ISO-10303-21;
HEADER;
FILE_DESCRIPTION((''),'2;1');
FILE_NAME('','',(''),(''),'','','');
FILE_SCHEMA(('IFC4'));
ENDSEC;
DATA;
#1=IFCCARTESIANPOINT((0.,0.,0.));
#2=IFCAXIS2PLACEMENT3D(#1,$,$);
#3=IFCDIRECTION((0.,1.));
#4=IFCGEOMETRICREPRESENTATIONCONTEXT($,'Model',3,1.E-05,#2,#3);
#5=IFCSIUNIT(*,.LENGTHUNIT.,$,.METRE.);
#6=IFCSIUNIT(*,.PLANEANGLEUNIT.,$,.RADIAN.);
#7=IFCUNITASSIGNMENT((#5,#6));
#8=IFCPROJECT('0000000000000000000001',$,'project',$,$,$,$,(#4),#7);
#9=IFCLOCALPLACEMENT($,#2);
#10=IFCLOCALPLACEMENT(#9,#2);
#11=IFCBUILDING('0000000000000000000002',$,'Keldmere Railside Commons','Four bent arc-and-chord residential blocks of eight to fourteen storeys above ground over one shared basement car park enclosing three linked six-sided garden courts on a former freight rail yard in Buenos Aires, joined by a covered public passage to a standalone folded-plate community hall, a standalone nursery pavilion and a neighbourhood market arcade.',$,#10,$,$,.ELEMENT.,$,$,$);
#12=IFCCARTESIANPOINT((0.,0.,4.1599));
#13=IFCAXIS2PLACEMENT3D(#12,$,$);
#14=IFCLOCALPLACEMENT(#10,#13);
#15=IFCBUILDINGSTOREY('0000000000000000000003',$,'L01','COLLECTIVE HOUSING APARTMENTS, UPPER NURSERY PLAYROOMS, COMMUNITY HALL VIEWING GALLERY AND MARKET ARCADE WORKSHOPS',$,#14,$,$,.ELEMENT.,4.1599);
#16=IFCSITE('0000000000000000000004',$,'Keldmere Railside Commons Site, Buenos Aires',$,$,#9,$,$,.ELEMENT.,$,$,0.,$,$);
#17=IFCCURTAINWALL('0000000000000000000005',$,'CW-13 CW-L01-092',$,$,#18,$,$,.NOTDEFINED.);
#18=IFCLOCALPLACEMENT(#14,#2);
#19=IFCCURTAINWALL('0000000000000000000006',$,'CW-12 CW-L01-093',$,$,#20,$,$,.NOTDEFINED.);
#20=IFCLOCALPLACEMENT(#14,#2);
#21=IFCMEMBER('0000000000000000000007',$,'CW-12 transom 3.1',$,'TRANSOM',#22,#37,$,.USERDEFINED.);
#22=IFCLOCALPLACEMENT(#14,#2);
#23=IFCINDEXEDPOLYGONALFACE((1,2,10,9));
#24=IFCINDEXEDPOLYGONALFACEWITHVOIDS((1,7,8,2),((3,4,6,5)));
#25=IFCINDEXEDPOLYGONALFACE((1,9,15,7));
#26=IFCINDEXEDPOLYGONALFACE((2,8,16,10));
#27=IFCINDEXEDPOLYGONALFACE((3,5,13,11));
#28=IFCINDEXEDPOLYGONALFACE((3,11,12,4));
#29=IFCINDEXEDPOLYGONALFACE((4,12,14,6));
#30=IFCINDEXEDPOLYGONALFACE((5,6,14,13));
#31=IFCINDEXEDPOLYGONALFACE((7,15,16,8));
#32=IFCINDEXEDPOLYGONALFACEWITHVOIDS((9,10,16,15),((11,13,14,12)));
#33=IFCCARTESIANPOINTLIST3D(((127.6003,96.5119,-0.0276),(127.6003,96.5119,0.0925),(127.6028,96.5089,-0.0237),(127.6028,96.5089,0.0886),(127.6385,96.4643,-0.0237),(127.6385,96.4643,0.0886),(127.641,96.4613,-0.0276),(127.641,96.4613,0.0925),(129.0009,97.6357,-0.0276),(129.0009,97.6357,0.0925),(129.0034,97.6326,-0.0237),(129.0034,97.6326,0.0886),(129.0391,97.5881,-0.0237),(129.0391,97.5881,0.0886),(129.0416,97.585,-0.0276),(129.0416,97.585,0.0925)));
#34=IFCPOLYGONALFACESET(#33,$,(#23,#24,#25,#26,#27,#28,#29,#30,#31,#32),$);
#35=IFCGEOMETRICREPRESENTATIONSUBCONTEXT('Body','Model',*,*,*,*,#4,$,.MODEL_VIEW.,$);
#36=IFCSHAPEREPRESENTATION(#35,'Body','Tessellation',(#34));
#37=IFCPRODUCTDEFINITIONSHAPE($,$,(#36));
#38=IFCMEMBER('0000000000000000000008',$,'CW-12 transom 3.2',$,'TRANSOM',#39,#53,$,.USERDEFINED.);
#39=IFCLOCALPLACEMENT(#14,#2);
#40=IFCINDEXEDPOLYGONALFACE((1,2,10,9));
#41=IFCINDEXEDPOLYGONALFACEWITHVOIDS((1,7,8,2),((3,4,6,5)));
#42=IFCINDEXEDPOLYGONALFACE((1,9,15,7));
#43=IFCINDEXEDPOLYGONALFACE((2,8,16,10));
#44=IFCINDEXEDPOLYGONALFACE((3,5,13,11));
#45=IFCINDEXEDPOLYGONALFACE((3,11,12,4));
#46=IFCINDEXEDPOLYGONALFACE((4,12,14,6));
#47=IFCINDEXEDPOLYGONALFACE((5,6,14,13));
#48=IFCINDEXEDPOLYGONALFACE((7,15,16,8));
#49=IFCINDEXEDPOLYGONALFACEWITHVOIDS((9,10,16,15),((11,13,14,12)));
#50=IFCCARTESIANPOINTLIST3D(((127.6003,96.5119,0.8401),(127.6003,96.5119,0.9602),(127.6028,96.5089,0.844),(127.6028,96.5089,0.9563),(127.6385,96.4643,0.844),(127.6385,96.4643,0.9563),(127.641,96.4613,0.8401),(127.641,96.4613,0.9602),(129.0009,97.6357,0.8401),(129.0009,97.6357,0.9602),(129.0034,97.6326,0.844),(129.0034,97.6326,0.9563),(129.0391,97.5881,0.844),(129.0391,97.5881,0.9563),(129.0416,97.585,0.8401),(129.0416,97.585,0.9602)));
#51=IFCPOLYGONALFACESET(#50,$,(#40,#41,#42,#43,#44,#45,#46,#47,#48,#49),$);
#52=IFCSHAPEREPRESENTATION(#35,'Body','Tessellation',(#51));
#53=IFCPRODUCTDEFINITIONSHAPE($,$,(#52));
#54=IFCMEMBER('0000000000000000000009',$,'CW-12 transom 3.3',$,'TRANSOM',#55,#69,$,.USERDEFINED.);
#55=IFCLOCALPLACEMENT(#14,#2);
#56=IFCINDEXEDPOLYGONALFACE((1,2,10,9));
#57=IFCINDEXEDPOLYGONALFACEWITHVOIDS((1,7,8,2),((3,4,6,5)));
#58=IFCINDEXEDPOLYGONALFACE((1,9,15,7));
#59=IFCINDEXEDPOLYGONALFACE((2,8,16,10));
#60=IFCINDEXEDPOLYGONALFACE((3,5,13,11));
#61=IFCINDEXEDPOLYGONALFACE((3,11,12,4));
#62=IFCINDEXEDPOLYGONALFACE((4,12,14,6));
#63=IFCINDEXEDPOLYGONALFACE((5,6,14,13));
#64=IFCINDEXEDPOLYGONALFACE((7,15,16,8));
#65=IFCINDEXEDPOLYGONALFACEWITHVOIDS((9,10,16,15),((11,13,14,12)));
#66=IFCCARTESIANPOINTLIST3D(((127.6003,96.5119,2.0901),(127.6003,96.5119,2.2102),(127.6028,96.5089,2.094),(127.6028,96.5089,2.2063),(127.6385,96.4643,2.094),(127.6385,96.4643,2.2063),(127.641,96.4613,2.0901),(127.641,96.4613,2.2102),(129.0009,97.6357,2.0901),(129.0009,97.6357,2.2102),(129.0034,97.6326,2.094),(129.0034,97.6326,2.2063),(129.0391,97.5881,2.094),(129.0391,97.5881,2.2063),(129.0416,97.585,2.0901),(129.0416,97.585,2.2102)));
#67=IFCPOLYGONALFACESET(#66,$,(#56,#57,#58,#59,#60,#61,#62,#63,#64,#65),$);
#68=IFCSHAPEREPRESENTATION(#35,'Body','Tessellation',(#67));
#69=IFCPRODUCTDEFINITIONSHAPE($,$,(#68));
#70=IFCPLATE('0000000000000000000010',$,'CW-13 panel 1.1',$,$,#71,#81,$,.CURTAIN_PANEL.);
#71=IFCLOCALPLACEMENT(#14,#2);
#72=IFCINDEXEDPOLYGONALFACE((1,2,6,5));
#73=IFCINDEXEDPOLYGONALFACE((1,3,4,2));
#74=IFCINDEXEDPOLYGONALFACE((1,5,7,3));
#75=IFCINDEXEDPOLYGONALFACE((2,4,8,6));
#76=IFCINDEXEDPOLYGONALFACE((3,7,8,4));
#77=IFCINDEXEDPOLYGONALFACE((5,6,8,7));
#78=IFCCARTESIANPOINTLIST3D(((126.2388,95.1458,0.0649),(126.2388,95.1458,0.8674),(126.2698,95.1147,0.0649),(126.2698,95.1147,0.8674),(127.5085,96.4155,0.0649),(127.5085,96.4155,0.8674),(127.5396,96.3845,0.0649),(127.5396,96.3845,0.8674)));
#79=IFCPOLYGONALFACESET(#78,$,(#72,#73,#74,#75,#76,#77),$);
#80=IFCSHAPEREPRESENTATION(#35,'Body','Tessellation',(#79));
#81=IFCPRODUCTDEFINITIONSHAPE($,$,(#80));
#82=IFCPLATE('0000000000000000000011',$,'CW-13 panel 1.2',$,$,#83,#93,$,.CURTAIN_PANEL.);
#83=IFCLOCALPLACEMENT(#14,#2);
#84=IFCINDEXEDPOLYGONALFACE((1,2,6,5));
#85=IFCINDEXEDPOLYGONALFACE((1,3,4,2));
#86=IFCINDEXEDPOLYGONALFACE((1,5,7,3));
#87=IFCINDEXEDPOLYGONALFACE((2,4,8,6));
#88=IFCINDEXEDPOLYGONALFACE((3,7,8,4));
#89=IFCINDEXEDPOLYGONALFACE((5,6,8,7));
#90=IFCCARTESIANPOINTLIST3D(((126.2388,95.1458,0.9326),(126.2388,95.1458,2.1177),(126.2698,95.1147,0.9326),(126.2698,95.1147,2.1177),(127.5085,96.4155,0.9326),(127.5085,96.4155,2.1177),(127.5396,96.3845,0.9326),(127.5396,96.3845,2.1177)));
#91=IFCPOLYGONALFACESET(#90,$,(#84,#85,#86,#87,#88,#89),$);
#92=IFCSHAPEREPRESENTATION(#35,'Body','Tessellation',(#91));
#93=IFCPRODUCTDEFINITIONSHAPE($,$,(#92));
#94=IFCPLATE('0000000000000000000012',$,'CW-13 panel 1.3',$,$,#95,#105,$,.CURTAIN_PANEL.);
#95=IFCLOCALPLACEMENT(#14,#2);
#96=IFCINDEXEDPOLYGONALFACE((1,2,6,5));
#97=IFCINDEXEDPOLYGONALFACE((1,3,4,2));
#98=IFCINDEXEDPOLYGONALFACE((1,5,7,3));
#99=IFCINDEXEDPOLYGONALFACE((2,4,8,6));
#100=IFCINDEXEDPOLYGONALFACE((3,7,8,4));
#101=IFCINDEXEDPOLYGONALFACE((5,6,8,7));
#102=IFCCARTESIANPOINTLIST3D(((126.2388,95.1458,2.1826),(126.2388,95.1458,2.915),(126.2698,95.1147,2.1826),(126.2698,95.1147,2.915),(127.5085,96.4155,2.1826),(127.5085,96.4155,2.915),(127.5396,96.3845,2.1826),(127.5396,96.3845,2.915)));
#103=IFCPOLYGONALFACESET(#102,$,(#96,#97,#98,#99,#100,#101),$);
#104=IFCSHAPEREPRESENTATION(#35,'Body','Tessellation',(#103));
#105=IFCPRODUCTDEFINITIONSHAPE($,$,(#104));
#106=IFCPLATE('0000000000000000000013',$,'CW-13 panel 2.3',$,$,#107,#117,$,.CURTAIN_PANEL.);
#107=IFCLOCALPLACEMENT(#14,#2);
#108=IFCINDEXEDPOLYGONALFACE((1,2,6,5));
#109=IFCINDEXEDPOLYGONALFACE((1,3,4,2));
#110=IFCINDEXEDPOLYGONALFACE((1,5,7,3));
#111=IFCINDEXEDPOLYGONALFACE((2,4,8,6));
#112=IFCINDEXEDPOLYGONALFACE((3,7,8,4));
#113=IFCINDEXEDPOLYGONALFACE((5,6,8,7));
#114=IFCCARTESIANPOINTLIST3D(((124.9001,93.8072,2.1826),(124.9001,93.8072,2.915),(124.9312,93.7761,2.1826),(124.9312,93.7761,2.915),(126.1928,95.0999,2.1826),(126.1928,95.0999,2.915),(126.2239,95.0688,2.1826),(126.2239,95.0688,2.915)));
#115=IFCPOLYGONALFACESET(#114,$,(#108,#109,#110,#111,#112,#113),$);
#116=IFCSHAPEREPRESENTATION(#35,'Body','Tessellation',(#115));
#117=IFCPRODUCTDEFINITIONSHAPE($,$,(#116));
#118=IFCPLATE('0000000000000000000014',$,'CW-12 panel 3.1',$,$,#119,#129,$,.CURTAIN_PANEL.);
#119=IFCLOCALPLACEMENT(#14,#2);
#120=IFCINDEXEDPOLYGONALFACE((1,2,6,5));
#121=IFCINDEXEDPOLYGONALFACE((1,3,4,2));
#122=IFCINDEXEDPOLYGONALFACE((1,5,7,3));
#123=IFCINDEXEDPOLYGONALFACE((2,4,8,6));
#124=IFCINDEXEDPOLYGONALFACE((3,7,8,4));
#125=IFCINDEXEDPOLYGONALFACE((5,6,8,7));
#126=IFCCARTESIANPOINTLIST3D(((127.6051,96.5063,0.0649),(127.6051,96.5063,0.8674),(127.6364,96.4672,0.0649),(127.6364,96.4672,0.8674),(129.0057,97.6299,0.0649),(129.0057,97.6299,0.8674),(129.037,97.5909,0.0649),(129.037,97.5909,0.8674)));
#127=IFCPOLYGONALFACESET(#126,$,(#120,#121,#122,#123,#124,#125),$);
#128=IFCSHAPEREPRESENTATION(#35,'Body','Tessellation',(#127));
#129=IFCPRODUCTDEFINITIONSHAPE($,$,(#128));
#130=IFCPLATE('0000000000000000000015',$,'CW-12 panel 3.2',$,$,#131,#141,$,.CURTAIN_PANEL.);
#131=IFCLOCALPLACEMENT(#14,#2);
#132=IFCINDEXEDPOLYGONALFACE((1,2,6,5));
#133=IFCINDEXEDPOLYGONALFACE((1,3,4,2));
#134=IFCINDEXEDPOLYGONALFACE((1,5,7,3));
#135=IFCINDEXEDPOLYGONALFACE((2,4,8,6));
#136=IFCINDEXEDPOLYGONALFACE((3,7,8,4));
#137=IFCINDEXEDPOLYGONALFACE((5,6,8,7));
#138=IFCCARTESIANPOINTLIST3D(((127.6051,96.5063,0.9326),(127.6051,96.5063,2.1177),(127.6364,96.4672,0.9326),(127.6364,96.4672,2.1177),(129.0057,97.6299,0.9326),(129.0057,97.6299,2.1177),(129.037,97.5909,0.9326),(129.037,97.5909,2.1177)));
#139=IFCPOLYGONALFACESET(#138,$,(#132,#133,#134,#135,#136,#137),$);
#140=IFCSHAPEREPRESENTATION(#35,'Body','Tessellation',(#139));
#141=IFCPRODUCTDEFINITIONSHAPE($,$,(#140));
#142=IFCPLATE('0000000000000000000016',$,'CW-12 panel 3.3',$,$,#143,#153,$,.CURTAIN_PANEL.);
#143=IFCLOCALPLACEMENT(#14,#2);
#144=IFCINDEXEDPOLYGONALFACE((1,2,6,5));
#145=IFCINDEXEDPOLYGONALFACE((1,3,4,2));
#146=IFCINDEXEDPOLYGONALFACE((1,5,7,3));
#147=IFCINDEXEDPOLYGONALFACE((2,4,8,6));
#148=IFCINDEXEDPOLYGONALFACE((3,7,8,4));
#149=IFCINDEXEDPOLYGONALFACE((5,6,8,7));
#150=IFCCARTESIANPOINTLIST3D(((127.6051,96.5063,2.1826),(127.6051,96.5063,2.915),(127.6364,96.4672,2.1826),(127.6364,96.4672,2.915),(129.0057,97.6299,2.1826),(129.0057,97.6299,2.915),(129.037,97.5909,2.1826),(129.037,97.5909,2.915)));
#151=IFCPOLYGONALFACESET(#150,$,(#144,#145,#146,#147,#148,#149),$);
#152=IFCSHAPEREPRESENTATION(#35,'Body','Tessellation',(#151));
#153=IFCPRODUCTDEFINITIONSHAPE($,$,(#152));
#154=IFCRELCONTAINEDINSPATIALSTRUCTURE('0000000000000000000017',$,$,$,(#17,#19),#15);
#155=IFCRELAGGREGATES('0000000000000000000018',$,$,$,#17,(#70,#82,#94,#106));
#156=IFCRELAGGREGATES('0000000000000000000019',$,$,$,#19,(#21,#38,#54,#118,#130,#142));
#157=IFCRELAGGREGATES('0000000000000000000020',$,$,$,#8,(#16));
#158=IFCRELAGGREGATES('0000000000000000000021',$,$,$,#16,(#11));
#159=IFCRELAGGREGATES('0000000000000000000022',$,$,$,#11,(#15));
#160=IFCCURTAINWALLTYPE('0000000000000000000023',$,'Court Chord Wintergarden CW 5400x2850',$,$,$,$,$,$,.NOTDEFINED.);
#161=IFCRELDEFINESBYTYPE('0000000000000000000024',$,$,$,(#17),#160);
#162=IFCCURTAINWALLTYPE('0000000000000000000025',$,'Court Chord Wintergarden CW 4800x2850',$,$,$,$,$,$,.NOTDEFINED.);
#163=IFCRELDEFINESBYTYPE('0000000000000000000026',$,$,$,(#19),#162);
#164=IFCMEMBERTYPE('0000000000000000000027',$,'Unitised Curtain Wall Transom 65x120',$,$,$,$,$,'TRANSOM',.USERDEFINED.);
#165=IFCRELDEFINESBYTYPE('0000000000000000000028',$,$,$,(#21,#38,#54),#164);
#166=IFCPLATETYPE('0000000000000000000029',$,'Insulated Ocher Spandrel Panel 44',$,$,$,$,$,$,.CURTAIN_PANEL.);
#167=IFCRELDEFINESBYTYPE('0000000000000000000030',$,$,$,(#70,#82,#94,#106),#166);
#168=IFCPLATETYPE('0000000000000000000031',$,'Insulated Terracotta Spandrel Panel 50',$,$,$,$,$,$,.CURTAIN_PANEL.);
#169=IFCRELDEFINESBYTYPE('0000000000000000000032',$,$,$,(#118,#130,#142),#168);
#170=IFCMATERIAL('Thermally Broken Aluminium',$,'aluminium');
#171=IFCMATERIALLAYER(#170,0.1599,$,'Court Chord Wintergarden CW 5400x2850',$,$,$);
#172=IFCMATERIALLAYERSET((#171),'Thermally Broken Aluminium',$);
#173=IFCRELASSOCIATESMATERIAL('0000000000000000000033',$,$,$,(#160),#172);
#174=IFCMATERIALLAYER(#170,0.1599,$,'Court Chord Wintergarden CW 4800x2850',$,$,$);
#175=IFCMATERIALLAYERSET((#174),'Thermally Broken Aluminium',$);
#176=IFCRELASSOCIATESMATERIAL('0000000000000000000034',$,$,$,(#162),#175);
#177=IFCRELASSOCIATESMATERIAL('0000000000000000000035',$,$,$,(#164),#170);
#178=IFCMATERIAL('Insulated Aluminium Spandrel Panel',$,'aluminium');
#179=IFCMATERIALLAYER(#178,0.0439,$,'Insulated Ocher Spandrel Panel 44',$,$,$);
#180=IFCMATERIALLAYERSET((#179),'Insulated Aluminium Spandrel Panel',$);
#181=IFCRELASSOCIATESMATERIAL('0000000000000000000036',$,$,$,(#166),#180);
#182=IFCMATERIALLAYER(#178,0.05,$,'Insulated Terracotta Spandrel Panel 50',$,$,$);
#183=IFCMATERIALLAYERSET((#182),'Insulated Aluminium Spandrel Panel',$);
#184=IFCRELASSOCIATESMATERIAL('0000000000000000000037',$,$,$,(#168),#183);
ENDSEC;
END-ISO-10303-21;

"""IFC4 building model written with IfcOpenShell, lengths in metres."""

from ifc_helpers import new_model, si_unit, direction, frame, origin, origin_2d, place, context, subcontext, project, spatial, rectangle, hollow_rectangle, extrude, material, layer, layer_set, material_profile, profile_set, type_object, element, aggregate, save


model = new_model("IFC4")

# Units and contexts
model_context = context("Model", 3, precision=1e-05, world=origin(), true_north=direction((0.0, 1.0)))
body_context = subcontext(model_context, "Body", "Model", "MODEL_VIEW")
ifc_project = project(units=[si_unit("LENGTHUNIT", "METRE"), si_unit("PLANEANGLEUNIT", "RADIAN")], contexts=[model_context])

# Site, building, storey
site_placement = place(None, origin())
site = spatial("IfcSite", under=ifc_project, at=site_placement, Name="Keldmere Railside Commons Site, Buenos Aires", CompositionType="ELEMENT", RefElevation=0.0)
building_placement = place(site_placement, origin())
building = spatial("IfcBuilding", under=site, at=building_placement, Name="Keldmere Railside Commons", Description="Four bent arc-and-chord residential blocks of eight to fourteen storeys above ground over one shared basement car park enclosing three linked six-sided garden courts on a former freight rail yard in Buenos Aires, joined by a covered public passage to a standalone folded-plate community hall, a standalone nursery pavilion and a neighbourhood market arcade.", CompositionType="ELEMENT")
storey_placement = place(building_placement, frame((0.0, 0.0, 4.1599)))
storey = spatial("IfcBuildingStorey", under=building, at=storey_placement, Name="L01", Description="COLLECTIVE HOUSING APARTMENTS, UPPER NURSERY PLAYROOMS, COMMUNITY HALL VIEWING GALLERY AND MARKET ARCADE WORKSHOPS", CompositionType="ELEMENT", Elevation=4.1599)

# Curtain wall
ifc_material_1 = material(Name="Thermally Broken Aluminium", Category="aluminium")
ifc_layer_1 = layer(ifc_material_1, 0.1599, Name="Court Chord Wintergarden CW 5400x2850")
ifc_layer_set_1 = layer_set([ifc_layer_1], Name="Thermally Broken Aluminium")
curtain_wall_type_1 = type_object("IfcCurtainWallType", Name="Court Chord Wintergarden CW 5400x2850", PredefinedType="NOTDEFINED", material=ifc_layer_set_1)
curtain_wall_1_placement = place(storey_placement, origin())
curtain_wall_1 = element("IfcCurtainWall", 1, at=curtain_wall_1_placement, inside=storey, type_object=curtain_wall_type_1, Name="CW-13 CW-L01-092", PredefinedType="NOTDEFINED")

# Curtain wall
ifc_layer_2 = layer(ifc_material_1, 0.1599, Name="Court Chord Wintergarden CW 4800x2850")
ifc_layer_set_2 = layer_set([ifc_layer_2], Name="Thermally Broken Aluminium")
curtain_wall_type_2 = type_object("IfcCurtainWallType", Name="Court Chord Wintergarden CW 4800x2850", PredefinedType="NOTDEFINED", material=ifc_layer_set_2)
curtain_wall_2_placement = place(storey_placement, origin())
curtain_wall_2 = element("IfcCurtainWall", 2, at=curtain_wall_2_placement, inside=storey, type_object=curtain_wall_type_2, Name="CW-12 CW-L01-093", PredefinedType="NOTDEFINED")

# Members
ifc_material_profile_1 = material_profile(ifc_material_1, hollow_rectangle(XDim=0.0649, YDim=0.1201, WallThickness=0.0039, at=origin_2d()), Name="ALU-TRAN-65x120")
ifc_profile_set_1 = profile_set([ifc_material_profile_1], Name="Thermally Broken Aluminium")
member_type_1 = type_object("IfcMemberType", Name="Unitised Curtain Wall Transom 65x120", ElementType="TRANSOM", PredefinedType="USERDEFINED", material=ifc_profile_set_1)
member_1_placement = place(storey_placement, frame((129.0212, 97.6104, 0.0325), z_axis=(-0.779979, -0.625805, 0.0), x_axis=(0.625805, -0.779979, 0.0)))
member_1 = element("IfcMember", 3, at=member_1_placement, type_object=member_type_1, Name="CW-12 transom 3.1", ObjectType="TRANSOM", PredefinedType="USERDEFINED", context=body_context, shape_type="SweptSolid", body=[
    extrude(hollow_rectangle(XDim=0.0649, YDim=0.1201, WallThickness=0.0039, at=origin_2d()), origin(), (0.0, 0.0, 1.0), 1.7957),
])
member_2_placement = place(storey_placement, frame((129.0212, 97.6104, 0.9001), z_axis=(-0.779979, -0.625805, 0.0), x_axis=(0.625805, -0.779979, 0.0)))
member_2 = element("IfcMember", 4, at=member_2_placement, type_object=member_type_1, Name="CW-12 transom 3.2", ObjectType="TRANSOM", PredefinedType="USERDEFINED", context=body_context, shape_type="SweptSolid", body=[
    extrude(hollow_rectangle(XDim=0.0649, YDim=0.1201, WallThickness=0.0039, at=origin_2d()), origin(), (0.0, 0.0, 1.0), 1.7957),
])
member_3_placement = place(storey_placement, frame((129.0212, 97.6104, 2.1501), z_axis=(-0.779979, -0.625805, 0.0), x_axis=(0.625805, -0.779979, 0.0)))
member_3 = element("IfcMember", 5, at=member_3_placement, type_object=member_type_1, Name="CW-12 transom 3.3", ObjectType="TRANSOM", PredefinedType="USERDEFINED", context=body_context, shape_type="SweptSolid", body=[
    extrude(hollow_rectangle(XDim=0.0649, YDim=0.1201, WallThickness=0.0039, at=origin_2d()), origin(), (0.0, 0.0, 1.0), 1.7957),
])

# Plates
ifc_material_2 = material(Name="Insulated Aluminium Spandrel Panel", Category="aluminium")
ifc_layer_3 = layer(ifc_material_2, 0.0439, Name="Insulated Ocher Spandrel Panel 44")
ifc_layer_set_3 = layer_set([ifc_layer_3], Name="Insulated Aluminium Spandrel Panel")
plate_type_1 = type_object("IfcPlateType", Name="Insulated Ocher Spandrel Panel 44", PredefinedType="CURTAIN_PANEL", material=ifc_layer_set_3)
plate_1_placement = place(storey_placement, frame((126.8892, 95.7651, 0.0649), z_axis=(0.0, 0.0, 1.0), x_axis=(-0.707107, -0.707107, 0.0)))
plate_1 = element("IfcPlate", 6, at=plate_1_placement, type_object=plate_type_1, Name="CW-13 panel 1.1", PredefinedType="CURTAIN_PANEL", context=body_context, shape_type="SweptSolid", body=[
    extrude(rectangle(XDim=1.7957, YDim=0.0439, at=origin_2d()), origin(), (0.0, 0.0, 1.0), 0.8025),
])
plate_2_placement = place(storey_placement, frame((126.8892, 95.7651, 0.9326), z_axis=(0.0, 0.0, 1.0), x_axis=(-0.707107, -0.707107, 0.0)))
plate_2 = element("IfcPlate", 7, at=plate_2_placement, type_object=plate_type_1, Name="CW-13 panel 1.2", PredefinedType="CURTAIN_PANEL", context=body_context, shape_type="SweptSolid", body=[
    extrude(rectangle(XDim=1.7957, YDim=0.0439, at=origin_2d()), origin(), (0.0, 0.0, 1.0), 1.1851),
])
plate_3_placement = place(storey_placement, frame((126.8892, 95.7651, 2.1826), z_axis=(0.0, 0.0, 1.0), x_axis=(-0.707107, -0.707107, 0.0)))
plate_3 = element("IfcPlate", 8, at=plate_3_placement, type_object=plate_type_1, Name="CW-13 panel 1.3", PredefinedType="CURTAIN_PANEL", context=body_context, shape_type="SweptSolid", body=[
    extrude(rectangle(XDim=1.7957, YDim=0.0439, at=origin_2d()), origin(), (0.0, 0.0, 1.0), 0.7324),
])
plate_4_placement = place(storey_placement, frame((125.562, 94.438, 2.1826), z_axis=(0.0, 0.0, 1.0), x_axis=(-0.707107, -0.707107, 0.0)))
plate_4 = element("IfcPlate", 9, at=plate_4_placement, type_object=plate_type_1, Name="CW-13 panel 2.3", PredefinedType="CURTAIN_PANEL", context=body_context, shape_type="SweptSolid", body=[
    extrude(rectangle(XDim=1.8281, YDim=0.0439, at=origin_2d()), origin(), (0.0, 0.0, 1.0), 0.7324),
])
aggregate(curtain_wall_1, [plate_1, plate_2, plate_3, plate_4])
ifc_layer_4 = layer(ifc_material_2, 0.05, Name="Insulated Terracotta Spandrel Panel 50")
ifc_layer_set_4 = layer_set([ifc_layer_4], Name="Insulated Aluminium Spandrel Panel")
plate_type_2 = type_object("IfcPlateType", Name="Insulated Terracotta Spandrel Panel 50", PredefinedType="CURTAIN_PANEL", material=ifc_layer_set_4)
plate_5_placement = place(storey_placement, frame((128.321, 97.0486, 0.0649), z_axis=(0.0, 0.0, 1.0), x_axis=(-0.780009, -0.625768, 0.0)))
plate_5 = element("IfcPlate", 10, at=plate_5_placement, type_object=plate_type_2, Name="CW-12 panel 3.1", PredefinedType="CURTAIN_PANEL", context=body_context, shape_type="SweptSolid", body=[
    extrude(rectangle(XDim=1.7957, YDim=0.05, at=origin_2d()), origin(), (0.0, 0.0, 1.0), 0.8025),
])
plate_6_placement = place(storey_placement, frame((128.321, 97.0486, 0.9326), z_axis=(0.0, 0.0, 1.0), x_axis=(-0.780009, -0.625768, 0.0)))
plate_6 = element("IfcPlate", 11, at=plate_6_placement, type_object=plate_type_2, Name="CW-12 panel 3.2", PredefinedType="CURTAIN_PANEL", context=body_context, shape_type="SweptSolid", body=[
    extrude(rectangle(XDim=1.7957, YDim=0.05, at=origin_2d()), origin(), (0.0, 0.0, 1.0), 1.1851),
])
plate_7_placement = place(storey_placement, frame((128.321, 97.0486, 2.1826), z_axis=(0.0, 0.0, 1.0), x_axis=(-0.780009, -0.625768, 0.0)))
plate_7 = element("IfcPlate", 12, at=plate_7_placement, type_object=plate_type_2, Name="CW-12 panel 3.3", PredefinedType="CURTAIN_PANEL", context=body_context, shape_type="SweptSolid", body=[
    extrude(rectangle(XDim=1.7957, YDim=0.05, at=origin_2d()), origin(), (0.0, 0.0, 1.0), 0.7324),
])
aggregate(curtain_wall_2, [member_1, member_2, member_3, plate_5, plate_6, plate_7])

save(model, "model.ifc")
